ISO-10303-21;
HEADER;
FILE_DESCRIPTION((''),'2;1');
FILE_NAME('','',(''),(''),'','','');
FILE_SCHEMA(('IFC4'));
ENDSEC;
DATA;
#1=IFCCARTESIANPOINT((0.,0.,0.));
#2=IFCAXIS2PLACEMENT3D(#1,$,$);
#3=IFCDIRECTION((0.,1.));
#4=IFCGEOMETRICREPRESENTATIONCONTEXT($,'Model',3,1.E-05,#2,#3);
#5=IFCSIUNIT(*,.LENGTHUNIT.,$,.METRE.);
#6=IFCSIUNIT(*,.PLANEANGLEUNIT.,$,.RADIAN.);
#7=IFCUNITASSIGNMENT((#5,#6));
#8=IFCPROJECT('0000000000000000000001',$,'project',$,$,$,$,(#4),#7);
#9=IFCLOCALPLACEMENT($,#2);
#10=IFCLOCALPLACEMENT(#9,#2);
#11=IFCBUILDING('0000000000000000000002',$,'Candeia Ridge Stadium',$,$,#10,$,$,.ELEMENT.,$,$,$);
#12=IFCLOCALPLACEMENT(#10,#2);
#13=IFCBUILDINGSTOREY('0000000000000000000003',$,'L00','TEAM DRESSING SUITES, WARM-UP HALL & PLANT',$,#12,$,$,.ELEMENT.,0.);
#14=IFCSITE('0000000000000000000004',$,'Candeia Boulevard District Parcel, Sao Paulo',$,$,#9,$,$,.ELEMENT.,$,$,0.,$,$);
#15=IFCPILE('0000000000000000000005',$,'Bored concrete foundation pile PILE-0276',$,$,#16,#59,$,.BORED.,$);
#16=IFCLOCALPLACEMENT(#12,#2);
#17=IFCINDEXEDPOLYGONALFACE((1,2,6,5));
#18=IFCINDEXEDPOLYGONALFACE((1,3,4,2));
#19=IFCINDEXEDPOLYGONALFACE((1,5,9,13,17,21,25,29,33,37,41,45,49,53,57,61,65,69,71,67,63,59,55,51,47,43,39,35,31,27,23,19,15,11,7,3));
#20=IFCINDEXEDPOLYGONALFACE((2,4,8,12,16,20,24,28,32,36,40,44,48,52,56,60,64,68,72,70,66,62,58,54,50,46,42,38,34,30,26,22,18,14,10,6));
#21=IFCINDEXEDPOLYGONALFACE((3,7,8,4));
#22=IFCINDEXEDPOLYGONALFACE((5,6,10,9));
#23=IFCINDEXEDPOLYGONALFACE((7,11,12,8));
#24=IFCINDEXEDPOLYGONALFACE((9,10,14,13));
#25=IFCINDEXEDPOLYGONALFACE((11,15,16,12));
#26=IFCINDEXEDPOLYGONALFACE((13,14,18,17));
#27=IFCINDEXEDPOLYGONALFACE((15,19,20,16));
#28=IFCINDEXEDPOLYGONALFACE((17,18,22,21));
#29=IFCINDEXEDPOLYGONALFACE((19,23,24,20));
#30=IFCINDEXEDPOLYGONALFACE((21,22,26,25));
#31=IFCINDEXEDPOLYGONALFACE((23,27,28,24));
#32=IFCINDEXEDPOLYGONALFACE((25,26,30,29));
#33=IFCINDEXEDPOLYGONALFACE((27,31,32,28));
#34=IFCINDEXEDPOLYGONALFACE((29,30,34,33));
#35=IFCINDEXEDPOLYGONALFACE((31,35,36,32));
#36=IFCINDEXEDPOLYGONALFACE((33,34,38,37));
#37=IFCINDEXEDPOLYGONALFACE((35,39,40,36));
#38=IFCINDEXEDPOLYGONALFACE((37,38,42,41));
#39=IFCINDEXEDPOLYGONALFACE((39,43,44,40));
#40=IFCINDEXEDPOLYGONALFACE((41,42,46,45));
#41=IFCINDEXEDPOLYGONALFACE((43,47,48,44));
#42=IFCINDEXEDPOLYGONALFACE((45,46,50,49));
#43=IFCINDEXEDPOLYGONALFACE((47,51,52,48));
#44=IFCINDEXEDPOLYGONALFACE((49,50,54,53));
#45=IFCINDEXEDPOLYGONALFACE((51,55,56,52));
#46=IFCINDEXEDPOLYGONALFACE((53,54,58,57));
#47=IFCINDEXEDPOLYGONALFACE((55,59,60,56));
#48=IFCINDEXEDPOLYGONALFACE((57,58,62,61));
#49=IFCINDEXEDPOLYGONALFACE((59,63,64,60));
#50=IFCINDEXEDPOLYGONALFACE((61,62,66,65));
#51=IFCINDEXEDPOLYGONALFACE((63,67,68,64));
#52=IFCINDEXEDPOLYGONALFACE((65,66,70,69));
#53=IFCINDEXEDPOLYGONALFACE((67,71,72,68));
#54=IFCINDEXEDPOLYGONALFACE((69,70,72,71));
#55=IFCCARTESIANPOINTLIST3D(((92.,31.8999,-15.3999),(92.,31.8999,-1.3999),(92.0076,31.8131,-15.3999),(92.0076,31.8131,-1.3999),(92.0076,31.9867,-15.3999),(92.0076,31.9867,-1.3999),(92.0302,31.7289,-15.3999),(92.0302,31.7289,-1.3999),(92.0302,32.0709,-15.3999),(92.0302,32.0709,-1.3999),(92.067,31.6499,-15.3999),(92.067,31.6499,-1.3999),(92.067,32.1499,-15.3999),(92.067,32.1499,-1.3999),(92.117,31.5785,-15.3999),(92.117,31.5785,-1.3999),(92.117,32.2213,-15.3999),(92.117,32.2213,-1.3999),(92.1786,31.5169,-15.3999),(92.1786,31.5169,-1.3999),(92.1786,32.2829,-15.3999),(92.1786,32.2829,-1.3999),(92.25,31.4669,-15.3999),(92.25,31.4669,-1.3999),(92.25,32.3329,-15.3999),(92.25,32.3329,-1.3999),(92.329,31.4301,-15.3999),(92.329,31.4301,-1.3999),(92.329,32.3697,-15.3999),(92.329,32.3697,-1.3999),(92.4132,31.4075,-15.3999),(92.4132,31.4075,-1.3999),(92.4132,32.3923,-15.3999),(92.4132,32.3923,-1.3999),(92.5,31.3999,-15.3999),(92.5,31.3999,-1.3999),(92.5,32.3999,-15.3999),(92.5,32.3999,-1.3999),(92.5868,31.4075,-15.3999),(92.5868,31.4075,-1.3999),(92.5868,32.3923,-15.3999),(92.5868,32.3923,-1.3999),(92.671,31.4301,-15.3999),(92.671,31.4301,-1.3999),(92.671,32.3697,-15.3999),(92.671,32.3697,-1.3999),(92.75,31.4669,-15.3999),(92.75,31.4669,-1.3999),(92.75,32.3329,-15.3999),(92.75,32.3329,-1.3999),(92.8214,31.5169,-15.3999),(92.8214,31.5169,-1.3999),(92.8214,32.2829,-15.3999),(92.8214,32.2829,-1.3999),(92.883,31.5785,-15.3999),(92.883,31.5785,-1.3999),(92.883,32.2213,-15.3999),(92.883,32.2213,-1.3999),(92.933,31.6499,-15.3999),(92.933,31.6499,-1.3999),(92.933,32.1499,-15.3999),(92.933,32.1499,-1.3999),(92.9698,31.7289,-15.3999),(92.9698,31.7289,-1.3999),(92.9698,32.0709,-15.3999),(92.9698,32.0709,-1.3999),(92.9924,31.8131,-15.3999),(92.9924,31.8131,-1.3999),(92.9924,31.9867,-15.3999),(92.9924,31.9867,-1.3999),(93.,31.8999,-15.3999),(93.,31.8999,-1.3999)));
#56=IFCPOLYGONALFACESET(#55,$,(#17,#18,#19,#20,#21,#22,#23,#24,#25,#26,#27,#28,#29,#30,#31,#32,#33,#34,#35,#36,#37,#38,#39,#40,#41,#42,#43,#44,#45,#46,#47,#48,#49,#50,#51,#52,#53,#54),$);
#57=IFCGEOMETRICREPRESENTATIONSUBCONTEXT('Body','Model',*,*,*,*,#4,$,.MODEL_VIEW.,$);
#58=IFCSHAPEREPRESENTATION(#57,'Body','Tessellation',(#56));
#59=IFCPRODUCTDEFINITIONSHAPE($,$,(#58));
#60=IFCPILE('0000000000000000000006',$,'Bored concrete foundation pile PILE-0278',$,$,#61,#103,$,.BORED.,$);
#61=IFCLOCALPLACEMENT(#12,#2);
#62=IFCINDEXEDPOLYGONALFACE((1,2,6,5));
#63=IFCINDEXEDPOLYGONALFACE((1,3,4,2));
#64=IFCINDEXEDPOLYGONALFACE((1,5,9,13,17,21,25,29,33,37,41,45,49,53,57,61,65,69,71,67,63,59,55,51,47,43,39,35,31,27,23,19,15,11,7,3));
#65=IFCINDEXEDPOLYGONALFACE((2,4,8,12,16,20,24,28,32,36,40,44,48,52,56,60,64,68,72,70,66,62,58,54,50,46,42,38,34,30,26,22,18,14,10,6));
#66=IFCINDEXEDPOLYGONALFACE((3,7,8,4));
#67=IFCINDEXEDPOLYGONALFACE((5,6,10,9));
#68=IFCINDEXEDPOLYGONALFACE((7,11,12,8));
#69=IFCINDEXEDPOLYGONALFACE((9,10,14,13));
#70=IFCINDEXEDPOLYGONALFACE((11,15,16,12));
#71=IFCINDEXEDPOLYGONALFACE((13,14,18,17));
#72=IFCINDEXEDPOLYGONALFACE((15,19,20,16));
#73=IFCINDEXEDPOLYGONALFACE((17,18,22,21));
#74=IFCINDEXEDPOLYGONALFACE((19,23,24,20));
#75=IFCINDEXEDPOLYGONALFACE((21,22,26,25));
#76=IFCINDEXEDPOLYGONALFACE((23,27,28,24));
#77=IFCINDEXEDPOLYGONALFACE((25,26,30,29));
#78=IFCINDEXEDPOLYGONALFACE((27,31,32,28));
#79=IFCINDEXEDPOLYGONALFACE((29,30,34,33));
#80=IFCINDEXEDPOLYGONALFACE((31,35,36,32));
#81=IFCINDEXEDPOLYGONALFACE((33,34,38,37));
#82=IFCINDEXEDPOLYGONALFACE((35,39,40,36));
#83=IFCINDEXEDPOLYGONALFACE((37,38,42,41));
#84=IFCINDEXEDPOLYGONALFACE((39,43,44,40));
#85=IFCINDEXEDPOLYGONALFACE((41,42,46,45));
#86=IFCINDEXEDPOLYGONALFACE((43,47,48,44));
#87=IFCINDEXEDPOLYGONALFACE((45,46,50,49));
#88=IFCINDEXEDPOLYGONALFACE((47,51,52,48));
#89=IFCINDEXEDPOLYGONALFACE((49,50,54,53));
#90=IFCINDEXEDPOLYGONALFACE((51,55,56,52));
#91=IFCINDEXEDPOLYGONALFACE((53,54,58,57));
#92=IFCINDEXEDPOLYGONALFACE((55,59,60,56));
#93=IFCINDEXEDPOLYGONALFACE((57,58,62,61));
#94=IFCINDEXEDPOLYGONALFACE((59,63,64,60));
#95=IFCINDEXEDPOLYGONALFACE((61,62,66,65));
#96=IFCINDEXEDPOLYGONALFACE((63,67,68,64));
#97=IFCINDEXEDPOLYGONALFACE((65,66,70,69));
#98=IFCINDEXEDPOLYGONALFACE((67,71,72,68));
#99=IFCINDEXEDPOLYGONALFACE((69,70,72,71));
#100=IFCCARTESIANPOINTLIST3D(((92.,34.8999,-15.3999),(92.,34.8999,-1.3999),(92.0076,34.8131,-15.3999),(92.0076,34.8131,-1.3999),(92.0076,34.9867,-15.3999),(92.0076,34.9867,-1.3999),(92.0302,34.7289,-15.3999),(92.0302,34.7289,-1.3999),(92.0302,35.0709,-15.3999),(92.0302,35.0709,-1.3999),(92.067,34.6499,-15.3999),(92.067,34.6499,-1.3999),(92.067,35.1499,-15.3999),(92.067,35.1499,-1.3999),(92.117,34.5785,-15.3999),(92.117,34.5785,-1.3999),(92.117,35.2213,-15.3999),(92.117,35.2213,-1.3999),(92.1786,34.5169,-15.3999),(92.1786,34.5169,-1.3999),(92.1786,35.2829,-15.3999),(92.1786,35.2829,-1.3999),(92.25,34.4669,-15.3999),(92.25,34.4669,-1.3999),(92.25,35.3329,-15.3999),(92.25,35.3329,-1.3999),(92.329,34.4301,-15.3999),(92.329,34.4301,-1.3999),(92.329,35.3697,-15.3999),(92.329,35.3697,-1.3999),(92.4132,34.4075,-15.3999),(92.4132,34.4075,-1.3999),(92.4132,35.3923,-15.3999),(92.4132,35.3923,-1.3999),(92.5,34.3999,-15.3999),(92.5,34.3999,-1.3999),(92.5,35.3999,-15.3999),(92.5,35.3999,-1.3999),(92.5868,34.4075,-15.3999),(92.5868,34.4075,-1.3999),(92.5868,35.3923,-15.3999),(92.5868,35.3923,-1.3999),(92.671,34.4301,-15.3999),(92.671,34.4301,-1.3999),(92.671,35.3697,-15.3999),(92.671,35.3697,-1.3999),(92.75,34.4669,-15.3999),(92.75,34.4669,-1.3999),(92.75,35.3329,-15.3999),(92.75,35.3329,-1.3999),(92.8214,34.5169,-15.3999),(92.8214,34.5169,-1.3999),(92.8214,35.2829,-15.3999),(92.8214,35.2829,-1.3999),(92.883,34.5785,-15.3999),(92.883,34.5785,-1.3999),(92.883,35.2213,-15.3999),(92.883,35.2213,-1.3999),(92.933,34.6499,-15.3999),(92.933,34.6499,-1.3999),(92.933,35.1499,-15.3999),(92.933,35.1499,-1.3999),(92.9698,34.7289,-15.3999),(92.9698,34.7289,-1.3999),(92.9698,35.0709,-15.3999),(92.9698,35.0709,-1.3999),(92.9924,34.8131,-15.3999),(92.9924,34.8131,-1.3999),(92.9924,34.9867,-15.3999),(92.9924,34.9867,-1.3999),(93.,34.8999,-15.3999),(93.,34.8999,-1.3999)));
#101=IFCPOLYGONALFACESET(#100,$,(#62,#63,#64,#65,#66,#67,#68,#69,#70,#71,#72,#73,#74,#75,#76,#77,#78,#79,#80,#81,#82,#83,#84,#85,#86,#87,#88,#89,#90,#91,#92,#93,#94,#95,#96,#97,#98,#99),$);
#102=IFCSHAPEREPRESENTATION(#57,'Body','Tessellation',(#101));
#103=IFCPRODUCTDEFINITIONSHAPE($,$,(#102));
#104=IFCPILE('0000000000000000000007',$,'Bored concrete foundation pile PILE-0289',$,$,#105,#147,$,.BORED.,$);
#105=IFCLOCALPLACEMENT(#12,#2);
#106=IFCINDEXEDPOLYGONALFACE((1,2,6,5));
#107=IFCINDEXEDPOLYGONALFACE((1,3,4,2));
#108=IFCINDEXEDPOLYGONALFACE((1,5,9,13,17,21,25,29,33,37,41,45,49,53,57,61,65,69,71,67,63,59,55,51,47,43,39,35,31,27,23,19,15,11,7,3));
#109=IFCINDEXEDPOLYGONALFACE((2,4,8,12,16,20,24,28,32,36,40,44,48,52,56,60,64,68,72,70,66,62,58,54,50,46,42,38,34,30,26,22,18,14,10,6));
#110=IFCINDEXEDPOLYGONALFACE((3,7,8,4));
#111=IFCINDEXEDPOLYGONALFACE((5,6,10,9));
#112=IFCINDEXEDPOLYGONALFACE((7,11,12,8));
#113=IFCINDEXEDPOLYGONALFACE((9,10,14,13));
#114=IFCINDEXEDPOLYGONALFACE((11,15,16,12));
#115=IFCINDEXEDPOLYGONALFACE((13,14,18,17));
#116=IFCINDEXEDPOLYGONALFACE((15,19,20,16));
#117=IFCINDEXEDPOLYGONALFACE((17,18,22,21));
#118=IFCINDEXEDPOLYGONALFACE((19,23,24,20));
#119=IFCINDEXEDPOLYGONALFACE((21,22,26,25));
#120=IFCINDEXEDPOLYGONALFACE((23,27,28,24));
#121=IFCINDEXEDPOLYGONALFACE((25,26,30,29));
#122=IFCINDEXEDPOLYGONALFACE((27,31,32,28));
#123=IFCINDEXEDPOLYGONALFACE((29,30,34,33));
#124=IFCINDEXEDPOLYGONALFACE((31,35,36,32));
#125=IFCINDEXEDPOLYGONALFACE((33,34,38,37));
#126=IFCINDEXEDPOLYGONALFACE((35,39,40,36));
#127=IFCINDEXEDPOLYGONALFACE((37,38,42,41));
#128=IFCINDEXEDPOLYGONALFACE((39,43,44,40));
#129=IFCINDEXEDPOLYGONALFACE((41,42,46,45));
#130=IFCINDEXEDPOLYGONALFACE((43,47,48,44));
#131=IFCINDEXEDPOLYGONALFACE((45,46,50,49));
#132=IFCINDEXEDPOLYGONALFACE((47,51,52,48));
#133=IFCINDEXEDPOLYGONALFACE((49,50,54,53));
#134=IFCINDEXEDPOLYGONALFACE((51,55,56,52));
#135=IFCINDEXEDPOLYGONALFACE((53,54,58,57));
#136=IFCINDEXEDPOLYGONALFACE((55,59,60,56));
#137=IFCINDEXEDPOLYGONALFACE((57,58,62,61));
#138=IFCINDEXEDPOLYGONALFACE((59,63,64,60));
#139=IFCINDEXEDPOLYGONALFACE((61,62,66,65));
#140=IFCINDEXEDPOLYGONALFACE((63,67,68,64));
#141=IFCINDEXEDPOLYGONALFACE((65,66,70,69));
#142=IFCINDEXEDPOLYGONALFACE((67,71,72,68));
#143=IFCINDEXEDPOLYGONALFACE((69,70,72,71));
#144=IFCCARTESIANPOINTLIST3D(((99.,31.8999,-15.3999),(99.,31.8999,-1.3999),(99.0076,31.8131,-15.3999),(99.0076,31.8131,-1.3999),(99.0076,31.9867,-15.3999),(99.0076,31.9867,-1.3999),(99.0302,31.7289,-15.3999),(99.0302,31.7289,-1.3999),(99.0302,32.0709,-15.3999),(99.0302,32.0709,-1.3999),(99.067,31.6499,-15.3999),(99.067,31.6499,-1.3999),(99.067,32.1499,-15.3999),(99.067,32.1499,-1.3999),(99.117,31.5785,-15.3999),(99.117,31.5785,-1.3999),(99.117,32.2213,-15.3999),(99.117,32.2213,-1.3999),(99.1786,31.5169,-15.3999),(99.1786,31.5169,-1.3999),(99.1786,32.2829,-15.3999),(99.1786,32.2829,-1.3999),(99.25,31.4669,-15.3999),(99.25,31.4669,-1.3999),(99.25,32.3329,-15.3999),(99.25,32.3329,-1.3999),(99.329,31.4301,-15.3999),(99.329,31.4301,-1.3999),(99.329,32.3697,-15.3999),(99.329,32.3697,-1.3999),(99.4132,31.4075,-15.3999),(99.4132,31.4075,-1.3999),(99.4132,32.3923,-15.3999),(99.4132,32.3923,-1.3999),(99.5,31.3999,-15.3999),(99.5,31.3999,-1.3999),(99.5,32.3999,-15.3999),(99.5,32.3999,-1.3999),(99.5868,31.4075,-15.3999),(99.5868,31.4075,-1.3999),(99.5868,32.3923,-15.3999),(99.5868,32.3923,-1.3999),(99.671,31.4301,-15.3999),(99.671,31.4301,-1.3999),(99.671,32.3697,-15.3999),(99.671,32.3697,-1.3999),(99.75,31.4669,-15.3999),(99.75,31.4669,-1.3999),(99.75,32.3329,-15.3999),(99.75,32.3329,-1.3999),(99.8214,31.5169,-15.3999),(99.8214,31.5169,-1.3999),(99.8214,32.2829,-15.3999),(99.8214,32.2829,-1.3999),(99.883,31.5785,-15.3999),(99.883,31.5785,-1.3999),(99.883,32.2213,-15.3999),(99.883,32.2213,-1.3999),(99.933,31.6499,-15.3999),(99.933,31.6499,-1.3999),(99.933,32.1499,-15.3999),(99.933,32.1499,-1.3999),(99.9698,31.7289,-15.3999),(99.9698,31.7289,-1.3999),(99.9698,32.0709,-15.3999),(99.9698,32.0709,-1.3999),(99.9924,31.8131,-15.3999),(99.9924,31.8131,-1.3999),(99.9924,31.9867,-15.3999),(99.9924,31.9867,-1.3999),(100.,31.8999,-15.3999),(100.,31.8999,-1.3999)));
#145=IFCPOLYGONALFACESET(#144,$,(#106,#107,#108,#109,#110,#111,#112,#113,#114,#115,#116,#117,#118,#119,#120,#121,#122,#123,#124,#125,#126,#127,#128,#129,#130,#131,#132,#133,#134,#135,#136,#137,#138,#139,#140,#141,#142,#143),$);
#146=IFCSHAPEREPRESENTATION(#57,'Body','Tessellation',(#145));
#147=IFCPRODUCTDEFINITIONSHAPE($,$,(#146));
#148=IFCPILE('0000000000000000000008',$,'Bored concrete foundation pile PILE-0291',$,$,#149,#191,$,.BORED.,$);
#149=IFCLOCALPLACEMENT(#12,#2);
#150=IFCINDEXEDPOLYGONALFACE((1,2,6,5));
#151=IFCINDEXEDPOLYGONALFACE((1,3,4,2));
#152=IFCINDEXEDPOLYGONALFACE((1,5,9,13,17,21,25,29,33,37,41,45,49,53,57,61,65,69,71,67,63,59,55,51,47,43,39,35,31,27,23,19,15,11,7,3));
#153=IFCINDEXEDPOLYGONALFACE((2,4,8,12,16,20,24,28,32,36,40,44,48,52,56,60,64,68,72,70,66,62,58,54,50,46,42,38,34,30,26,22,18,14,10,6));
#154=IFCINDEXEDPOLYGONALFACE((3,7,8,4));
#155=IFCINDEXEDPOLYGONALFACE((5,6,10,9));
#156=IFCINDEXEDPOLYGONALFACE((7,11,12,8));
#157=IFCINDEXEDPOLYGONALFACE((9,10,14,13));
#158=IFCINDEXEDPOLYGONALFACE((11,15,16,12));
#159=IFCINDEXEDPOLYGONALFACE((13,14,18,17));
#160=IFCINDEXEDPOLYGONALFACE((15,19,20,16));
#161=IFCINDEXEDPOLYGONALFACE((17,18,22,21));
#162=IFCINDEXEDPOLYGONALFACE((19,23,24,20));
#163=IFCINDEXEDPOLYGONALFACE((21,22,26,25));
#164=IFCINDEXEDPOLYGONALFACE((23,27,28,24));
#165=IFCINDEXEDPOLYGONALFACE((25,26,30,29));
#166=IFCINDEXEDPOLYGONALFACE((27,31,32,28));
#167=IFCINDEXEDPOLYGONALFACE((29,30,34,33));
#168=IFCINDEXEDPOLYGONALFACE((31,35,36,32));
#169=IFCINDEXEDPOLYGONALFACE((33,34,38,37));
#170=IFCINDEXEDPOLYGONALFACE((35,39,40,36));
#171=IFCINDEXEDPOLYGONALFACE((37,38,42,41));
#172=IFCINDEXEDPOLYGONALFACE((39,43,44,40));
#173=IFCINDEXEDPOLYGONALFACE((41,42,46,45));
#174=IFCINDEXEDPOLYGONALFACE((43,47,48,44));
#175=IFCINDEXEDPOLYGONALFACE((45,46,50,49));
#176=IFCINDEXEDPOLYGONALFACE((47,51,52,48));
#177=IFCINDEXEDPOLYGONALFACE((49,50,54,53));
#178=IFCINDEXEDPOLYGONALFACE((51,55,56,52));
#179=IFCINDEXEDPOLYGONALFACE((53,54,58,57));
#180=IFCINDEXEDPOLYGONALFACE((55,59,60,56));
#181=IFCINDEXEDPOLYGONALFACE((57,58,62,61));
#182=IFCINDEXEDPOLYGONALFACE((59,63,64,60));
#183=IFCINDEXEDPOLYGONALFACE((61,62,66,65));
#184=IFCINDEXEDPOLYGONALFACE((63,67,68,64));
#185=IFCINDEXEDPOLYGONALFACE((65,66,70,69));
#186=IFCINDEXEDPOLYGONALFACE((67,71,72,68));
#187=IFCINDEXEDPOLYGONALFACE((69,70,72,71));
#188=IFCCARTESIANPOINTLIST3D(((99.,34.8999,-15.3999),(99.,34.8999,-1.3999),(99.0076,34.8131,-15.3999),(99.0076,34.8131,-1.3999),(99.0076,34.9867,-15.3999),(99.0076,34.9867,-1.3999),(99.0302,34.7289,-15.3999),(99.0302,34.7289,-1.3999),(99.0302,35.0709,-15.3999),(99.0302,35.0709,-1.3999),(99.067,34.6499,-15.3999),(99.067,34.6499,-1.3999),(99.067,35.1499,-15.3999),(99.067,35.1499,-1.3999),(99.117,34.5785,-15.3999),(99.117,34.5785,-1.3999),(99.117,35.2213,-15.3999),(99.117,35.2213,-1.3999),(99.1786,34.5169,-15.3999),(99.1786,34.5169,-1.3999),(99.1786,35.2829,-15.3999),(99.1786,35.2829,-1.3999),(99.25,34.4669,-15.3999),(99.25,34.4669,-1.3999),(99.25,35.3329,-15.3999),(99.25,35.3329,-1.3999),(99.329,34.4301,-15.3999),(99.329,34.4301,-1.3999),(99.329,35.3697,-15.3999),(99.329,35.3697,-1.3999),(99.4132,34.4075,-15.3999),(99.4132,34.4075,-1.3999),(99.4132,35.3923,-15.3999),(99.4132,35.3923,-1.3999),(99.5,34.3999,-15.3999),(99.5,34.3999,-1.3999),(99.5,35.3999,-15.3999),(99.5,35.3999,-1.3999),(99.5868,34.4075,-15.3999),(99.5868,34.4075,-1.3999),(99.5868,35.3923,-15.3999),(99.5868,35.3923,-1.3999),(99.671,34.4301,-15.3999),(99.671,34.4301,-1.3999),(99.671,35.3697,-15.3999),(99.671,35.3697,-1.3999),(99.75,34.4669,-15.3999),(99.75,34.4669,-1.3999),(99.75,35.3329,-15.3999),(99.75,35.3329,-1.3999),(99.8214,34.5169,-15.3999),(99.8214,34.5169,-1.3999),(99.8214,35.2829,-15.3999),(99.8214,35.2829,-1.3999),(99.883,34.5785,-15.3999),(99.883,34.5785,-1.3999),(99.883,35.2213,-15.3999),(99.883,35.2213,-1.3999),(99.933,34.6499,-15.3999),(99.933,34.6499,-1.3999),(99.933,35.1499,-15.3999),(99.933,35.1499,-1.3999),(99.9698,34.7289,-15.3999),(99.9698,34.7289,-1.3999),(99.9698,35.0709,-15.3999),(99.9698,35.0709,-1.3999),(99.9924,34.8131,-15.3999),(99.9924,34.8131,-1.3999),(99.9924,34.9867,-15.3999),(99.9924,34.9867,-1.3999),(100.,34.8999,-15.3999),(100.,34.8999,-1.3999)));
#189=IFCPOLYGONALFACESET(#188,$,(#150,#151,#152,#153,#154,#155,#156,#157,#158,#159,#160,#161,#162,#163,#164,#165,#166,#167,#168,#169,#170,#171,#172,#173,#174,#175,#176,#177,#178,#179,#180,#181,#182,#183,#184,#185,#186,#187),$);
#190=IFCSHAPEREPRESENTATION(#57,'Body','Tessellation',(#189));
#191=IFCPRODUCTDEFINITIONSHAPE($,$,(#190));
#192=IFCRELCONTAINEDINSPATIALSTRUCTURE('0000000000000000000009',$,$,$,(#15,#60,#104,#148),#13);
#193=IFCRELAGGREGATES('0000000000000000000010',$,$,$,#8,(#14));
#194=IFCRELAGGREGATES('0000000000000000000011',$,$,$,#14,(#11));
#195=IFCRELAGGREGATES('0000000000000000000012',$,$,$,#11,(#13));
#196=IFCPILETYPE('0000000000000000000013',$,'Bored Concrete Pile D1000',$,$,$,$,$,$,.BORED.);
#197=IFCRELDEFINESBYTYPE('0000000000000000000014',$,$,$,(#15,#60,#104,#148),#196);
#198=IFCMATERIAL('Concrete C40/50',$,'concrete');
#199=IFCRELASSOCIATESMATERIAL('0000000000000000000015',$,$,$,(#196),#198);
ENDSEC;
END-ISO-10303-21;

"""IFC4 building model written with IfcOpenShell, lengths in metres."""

from ifc_helpers import new_model, si_unit, direction, frame, origin, origin_2d, place, context, subcontext, project, spatial, circle, extrude, material, material_profile, profile_set, type_object, element, save


model = new_model("IFC4")

# Units and contexts
model_context = context("Model", 3, precision=1e-05, world=origin(), true_north=direction((0.0, 1.0)))
body_context = subcontext(model_context, "Body", "Model", "MODEL_VIEW")
ifc_project = project(units=[si_unit("LENGTHUNIT", "METRE"), si_unit("PLANEANGLEUNIT", "RADIAN")], contexts=[model_context])

# Site, building, storey
site_placement = place(None, origin())
site = spatial("IfcSite", under=ifc_project, at=site_placement, Name="Candeia Boulevard District Parcel, Sao Paulo", CompositionType="ELEMENT", RefElevation=0.0)
building_placement = place(site_placement, origin())
building = spatial("IfcBuilding", under=site, at=building_placement, Name="Candeia Ridge Stadium", CompositionType="ELEMENT")
storey_placement = place(building_placement, origin())
storey = spatial("IfcBuildingStorey", under=building, at=storey_placement, Name="L00", Description="TEAM DRESSING SUITES, WARM-UP HALL & PLANT", CompositionType="ELEMENT", Elevation=0.0)

# Piles
ifc_material_1 = material(Name="Concrete C40/50", Category="concrete")
ifc_material_profile_1 = material_profile(ifc_material_1, circle(Radius=0.5, at=origin_2d()), Name="PILE-D1000", Category="concrete")
ifc_profile_set_1 = profile_set([ifc_material_profile_1], Name="Concrete C40/50")
pile_type_1 = type_object("IfcPileType", Name="Bored Concrete Pile D1000", PredefinedType="BORED", material=ifc_profile_set_1)
for number, where, z_axis, x_axis, name in (
    (1, (92.5, 31.8999, -1.3999), (0.0, 0.0, -1.0), (1.0, 0.0, 0.0), "Bored concrete foundation pile PILE-0276"),
    (2, (92.5, 34.8999, -1.3999), (0.0, 0.0, -1.0), (1.0, 0.0, 0.0), "Bored concrete foundation pile PILE-0278"),
    (3, (99.5, 31.8999, -1.3999), (0.0, 0.0, -1.0), (1.0, 0.0, 0.0), "Bored concrete foundation pile PILE-0289"),
    (4, (99.5, 34.8999, -1.3999), (0.0, 0.0, -1.0), (1.0, 0.0, 0.0), "Bored concrete foundation pile PILE-0291"),
):
    element("IfcPile", number, at=place(storey_placement, frame(where, z_axis=z_axis, x_axis=x_axis)), inside=storey, type_object=pile_type_1, Name=name, PredefinedType="BORED", context=body_context, shape_type="SweptSolid", body=[
        extrude(circle(Radius=0.5, at=origin_2d()), origin(), (0.0, 0.0, 1.0), 14.0),
    ])

save(model, "model.ifc")
